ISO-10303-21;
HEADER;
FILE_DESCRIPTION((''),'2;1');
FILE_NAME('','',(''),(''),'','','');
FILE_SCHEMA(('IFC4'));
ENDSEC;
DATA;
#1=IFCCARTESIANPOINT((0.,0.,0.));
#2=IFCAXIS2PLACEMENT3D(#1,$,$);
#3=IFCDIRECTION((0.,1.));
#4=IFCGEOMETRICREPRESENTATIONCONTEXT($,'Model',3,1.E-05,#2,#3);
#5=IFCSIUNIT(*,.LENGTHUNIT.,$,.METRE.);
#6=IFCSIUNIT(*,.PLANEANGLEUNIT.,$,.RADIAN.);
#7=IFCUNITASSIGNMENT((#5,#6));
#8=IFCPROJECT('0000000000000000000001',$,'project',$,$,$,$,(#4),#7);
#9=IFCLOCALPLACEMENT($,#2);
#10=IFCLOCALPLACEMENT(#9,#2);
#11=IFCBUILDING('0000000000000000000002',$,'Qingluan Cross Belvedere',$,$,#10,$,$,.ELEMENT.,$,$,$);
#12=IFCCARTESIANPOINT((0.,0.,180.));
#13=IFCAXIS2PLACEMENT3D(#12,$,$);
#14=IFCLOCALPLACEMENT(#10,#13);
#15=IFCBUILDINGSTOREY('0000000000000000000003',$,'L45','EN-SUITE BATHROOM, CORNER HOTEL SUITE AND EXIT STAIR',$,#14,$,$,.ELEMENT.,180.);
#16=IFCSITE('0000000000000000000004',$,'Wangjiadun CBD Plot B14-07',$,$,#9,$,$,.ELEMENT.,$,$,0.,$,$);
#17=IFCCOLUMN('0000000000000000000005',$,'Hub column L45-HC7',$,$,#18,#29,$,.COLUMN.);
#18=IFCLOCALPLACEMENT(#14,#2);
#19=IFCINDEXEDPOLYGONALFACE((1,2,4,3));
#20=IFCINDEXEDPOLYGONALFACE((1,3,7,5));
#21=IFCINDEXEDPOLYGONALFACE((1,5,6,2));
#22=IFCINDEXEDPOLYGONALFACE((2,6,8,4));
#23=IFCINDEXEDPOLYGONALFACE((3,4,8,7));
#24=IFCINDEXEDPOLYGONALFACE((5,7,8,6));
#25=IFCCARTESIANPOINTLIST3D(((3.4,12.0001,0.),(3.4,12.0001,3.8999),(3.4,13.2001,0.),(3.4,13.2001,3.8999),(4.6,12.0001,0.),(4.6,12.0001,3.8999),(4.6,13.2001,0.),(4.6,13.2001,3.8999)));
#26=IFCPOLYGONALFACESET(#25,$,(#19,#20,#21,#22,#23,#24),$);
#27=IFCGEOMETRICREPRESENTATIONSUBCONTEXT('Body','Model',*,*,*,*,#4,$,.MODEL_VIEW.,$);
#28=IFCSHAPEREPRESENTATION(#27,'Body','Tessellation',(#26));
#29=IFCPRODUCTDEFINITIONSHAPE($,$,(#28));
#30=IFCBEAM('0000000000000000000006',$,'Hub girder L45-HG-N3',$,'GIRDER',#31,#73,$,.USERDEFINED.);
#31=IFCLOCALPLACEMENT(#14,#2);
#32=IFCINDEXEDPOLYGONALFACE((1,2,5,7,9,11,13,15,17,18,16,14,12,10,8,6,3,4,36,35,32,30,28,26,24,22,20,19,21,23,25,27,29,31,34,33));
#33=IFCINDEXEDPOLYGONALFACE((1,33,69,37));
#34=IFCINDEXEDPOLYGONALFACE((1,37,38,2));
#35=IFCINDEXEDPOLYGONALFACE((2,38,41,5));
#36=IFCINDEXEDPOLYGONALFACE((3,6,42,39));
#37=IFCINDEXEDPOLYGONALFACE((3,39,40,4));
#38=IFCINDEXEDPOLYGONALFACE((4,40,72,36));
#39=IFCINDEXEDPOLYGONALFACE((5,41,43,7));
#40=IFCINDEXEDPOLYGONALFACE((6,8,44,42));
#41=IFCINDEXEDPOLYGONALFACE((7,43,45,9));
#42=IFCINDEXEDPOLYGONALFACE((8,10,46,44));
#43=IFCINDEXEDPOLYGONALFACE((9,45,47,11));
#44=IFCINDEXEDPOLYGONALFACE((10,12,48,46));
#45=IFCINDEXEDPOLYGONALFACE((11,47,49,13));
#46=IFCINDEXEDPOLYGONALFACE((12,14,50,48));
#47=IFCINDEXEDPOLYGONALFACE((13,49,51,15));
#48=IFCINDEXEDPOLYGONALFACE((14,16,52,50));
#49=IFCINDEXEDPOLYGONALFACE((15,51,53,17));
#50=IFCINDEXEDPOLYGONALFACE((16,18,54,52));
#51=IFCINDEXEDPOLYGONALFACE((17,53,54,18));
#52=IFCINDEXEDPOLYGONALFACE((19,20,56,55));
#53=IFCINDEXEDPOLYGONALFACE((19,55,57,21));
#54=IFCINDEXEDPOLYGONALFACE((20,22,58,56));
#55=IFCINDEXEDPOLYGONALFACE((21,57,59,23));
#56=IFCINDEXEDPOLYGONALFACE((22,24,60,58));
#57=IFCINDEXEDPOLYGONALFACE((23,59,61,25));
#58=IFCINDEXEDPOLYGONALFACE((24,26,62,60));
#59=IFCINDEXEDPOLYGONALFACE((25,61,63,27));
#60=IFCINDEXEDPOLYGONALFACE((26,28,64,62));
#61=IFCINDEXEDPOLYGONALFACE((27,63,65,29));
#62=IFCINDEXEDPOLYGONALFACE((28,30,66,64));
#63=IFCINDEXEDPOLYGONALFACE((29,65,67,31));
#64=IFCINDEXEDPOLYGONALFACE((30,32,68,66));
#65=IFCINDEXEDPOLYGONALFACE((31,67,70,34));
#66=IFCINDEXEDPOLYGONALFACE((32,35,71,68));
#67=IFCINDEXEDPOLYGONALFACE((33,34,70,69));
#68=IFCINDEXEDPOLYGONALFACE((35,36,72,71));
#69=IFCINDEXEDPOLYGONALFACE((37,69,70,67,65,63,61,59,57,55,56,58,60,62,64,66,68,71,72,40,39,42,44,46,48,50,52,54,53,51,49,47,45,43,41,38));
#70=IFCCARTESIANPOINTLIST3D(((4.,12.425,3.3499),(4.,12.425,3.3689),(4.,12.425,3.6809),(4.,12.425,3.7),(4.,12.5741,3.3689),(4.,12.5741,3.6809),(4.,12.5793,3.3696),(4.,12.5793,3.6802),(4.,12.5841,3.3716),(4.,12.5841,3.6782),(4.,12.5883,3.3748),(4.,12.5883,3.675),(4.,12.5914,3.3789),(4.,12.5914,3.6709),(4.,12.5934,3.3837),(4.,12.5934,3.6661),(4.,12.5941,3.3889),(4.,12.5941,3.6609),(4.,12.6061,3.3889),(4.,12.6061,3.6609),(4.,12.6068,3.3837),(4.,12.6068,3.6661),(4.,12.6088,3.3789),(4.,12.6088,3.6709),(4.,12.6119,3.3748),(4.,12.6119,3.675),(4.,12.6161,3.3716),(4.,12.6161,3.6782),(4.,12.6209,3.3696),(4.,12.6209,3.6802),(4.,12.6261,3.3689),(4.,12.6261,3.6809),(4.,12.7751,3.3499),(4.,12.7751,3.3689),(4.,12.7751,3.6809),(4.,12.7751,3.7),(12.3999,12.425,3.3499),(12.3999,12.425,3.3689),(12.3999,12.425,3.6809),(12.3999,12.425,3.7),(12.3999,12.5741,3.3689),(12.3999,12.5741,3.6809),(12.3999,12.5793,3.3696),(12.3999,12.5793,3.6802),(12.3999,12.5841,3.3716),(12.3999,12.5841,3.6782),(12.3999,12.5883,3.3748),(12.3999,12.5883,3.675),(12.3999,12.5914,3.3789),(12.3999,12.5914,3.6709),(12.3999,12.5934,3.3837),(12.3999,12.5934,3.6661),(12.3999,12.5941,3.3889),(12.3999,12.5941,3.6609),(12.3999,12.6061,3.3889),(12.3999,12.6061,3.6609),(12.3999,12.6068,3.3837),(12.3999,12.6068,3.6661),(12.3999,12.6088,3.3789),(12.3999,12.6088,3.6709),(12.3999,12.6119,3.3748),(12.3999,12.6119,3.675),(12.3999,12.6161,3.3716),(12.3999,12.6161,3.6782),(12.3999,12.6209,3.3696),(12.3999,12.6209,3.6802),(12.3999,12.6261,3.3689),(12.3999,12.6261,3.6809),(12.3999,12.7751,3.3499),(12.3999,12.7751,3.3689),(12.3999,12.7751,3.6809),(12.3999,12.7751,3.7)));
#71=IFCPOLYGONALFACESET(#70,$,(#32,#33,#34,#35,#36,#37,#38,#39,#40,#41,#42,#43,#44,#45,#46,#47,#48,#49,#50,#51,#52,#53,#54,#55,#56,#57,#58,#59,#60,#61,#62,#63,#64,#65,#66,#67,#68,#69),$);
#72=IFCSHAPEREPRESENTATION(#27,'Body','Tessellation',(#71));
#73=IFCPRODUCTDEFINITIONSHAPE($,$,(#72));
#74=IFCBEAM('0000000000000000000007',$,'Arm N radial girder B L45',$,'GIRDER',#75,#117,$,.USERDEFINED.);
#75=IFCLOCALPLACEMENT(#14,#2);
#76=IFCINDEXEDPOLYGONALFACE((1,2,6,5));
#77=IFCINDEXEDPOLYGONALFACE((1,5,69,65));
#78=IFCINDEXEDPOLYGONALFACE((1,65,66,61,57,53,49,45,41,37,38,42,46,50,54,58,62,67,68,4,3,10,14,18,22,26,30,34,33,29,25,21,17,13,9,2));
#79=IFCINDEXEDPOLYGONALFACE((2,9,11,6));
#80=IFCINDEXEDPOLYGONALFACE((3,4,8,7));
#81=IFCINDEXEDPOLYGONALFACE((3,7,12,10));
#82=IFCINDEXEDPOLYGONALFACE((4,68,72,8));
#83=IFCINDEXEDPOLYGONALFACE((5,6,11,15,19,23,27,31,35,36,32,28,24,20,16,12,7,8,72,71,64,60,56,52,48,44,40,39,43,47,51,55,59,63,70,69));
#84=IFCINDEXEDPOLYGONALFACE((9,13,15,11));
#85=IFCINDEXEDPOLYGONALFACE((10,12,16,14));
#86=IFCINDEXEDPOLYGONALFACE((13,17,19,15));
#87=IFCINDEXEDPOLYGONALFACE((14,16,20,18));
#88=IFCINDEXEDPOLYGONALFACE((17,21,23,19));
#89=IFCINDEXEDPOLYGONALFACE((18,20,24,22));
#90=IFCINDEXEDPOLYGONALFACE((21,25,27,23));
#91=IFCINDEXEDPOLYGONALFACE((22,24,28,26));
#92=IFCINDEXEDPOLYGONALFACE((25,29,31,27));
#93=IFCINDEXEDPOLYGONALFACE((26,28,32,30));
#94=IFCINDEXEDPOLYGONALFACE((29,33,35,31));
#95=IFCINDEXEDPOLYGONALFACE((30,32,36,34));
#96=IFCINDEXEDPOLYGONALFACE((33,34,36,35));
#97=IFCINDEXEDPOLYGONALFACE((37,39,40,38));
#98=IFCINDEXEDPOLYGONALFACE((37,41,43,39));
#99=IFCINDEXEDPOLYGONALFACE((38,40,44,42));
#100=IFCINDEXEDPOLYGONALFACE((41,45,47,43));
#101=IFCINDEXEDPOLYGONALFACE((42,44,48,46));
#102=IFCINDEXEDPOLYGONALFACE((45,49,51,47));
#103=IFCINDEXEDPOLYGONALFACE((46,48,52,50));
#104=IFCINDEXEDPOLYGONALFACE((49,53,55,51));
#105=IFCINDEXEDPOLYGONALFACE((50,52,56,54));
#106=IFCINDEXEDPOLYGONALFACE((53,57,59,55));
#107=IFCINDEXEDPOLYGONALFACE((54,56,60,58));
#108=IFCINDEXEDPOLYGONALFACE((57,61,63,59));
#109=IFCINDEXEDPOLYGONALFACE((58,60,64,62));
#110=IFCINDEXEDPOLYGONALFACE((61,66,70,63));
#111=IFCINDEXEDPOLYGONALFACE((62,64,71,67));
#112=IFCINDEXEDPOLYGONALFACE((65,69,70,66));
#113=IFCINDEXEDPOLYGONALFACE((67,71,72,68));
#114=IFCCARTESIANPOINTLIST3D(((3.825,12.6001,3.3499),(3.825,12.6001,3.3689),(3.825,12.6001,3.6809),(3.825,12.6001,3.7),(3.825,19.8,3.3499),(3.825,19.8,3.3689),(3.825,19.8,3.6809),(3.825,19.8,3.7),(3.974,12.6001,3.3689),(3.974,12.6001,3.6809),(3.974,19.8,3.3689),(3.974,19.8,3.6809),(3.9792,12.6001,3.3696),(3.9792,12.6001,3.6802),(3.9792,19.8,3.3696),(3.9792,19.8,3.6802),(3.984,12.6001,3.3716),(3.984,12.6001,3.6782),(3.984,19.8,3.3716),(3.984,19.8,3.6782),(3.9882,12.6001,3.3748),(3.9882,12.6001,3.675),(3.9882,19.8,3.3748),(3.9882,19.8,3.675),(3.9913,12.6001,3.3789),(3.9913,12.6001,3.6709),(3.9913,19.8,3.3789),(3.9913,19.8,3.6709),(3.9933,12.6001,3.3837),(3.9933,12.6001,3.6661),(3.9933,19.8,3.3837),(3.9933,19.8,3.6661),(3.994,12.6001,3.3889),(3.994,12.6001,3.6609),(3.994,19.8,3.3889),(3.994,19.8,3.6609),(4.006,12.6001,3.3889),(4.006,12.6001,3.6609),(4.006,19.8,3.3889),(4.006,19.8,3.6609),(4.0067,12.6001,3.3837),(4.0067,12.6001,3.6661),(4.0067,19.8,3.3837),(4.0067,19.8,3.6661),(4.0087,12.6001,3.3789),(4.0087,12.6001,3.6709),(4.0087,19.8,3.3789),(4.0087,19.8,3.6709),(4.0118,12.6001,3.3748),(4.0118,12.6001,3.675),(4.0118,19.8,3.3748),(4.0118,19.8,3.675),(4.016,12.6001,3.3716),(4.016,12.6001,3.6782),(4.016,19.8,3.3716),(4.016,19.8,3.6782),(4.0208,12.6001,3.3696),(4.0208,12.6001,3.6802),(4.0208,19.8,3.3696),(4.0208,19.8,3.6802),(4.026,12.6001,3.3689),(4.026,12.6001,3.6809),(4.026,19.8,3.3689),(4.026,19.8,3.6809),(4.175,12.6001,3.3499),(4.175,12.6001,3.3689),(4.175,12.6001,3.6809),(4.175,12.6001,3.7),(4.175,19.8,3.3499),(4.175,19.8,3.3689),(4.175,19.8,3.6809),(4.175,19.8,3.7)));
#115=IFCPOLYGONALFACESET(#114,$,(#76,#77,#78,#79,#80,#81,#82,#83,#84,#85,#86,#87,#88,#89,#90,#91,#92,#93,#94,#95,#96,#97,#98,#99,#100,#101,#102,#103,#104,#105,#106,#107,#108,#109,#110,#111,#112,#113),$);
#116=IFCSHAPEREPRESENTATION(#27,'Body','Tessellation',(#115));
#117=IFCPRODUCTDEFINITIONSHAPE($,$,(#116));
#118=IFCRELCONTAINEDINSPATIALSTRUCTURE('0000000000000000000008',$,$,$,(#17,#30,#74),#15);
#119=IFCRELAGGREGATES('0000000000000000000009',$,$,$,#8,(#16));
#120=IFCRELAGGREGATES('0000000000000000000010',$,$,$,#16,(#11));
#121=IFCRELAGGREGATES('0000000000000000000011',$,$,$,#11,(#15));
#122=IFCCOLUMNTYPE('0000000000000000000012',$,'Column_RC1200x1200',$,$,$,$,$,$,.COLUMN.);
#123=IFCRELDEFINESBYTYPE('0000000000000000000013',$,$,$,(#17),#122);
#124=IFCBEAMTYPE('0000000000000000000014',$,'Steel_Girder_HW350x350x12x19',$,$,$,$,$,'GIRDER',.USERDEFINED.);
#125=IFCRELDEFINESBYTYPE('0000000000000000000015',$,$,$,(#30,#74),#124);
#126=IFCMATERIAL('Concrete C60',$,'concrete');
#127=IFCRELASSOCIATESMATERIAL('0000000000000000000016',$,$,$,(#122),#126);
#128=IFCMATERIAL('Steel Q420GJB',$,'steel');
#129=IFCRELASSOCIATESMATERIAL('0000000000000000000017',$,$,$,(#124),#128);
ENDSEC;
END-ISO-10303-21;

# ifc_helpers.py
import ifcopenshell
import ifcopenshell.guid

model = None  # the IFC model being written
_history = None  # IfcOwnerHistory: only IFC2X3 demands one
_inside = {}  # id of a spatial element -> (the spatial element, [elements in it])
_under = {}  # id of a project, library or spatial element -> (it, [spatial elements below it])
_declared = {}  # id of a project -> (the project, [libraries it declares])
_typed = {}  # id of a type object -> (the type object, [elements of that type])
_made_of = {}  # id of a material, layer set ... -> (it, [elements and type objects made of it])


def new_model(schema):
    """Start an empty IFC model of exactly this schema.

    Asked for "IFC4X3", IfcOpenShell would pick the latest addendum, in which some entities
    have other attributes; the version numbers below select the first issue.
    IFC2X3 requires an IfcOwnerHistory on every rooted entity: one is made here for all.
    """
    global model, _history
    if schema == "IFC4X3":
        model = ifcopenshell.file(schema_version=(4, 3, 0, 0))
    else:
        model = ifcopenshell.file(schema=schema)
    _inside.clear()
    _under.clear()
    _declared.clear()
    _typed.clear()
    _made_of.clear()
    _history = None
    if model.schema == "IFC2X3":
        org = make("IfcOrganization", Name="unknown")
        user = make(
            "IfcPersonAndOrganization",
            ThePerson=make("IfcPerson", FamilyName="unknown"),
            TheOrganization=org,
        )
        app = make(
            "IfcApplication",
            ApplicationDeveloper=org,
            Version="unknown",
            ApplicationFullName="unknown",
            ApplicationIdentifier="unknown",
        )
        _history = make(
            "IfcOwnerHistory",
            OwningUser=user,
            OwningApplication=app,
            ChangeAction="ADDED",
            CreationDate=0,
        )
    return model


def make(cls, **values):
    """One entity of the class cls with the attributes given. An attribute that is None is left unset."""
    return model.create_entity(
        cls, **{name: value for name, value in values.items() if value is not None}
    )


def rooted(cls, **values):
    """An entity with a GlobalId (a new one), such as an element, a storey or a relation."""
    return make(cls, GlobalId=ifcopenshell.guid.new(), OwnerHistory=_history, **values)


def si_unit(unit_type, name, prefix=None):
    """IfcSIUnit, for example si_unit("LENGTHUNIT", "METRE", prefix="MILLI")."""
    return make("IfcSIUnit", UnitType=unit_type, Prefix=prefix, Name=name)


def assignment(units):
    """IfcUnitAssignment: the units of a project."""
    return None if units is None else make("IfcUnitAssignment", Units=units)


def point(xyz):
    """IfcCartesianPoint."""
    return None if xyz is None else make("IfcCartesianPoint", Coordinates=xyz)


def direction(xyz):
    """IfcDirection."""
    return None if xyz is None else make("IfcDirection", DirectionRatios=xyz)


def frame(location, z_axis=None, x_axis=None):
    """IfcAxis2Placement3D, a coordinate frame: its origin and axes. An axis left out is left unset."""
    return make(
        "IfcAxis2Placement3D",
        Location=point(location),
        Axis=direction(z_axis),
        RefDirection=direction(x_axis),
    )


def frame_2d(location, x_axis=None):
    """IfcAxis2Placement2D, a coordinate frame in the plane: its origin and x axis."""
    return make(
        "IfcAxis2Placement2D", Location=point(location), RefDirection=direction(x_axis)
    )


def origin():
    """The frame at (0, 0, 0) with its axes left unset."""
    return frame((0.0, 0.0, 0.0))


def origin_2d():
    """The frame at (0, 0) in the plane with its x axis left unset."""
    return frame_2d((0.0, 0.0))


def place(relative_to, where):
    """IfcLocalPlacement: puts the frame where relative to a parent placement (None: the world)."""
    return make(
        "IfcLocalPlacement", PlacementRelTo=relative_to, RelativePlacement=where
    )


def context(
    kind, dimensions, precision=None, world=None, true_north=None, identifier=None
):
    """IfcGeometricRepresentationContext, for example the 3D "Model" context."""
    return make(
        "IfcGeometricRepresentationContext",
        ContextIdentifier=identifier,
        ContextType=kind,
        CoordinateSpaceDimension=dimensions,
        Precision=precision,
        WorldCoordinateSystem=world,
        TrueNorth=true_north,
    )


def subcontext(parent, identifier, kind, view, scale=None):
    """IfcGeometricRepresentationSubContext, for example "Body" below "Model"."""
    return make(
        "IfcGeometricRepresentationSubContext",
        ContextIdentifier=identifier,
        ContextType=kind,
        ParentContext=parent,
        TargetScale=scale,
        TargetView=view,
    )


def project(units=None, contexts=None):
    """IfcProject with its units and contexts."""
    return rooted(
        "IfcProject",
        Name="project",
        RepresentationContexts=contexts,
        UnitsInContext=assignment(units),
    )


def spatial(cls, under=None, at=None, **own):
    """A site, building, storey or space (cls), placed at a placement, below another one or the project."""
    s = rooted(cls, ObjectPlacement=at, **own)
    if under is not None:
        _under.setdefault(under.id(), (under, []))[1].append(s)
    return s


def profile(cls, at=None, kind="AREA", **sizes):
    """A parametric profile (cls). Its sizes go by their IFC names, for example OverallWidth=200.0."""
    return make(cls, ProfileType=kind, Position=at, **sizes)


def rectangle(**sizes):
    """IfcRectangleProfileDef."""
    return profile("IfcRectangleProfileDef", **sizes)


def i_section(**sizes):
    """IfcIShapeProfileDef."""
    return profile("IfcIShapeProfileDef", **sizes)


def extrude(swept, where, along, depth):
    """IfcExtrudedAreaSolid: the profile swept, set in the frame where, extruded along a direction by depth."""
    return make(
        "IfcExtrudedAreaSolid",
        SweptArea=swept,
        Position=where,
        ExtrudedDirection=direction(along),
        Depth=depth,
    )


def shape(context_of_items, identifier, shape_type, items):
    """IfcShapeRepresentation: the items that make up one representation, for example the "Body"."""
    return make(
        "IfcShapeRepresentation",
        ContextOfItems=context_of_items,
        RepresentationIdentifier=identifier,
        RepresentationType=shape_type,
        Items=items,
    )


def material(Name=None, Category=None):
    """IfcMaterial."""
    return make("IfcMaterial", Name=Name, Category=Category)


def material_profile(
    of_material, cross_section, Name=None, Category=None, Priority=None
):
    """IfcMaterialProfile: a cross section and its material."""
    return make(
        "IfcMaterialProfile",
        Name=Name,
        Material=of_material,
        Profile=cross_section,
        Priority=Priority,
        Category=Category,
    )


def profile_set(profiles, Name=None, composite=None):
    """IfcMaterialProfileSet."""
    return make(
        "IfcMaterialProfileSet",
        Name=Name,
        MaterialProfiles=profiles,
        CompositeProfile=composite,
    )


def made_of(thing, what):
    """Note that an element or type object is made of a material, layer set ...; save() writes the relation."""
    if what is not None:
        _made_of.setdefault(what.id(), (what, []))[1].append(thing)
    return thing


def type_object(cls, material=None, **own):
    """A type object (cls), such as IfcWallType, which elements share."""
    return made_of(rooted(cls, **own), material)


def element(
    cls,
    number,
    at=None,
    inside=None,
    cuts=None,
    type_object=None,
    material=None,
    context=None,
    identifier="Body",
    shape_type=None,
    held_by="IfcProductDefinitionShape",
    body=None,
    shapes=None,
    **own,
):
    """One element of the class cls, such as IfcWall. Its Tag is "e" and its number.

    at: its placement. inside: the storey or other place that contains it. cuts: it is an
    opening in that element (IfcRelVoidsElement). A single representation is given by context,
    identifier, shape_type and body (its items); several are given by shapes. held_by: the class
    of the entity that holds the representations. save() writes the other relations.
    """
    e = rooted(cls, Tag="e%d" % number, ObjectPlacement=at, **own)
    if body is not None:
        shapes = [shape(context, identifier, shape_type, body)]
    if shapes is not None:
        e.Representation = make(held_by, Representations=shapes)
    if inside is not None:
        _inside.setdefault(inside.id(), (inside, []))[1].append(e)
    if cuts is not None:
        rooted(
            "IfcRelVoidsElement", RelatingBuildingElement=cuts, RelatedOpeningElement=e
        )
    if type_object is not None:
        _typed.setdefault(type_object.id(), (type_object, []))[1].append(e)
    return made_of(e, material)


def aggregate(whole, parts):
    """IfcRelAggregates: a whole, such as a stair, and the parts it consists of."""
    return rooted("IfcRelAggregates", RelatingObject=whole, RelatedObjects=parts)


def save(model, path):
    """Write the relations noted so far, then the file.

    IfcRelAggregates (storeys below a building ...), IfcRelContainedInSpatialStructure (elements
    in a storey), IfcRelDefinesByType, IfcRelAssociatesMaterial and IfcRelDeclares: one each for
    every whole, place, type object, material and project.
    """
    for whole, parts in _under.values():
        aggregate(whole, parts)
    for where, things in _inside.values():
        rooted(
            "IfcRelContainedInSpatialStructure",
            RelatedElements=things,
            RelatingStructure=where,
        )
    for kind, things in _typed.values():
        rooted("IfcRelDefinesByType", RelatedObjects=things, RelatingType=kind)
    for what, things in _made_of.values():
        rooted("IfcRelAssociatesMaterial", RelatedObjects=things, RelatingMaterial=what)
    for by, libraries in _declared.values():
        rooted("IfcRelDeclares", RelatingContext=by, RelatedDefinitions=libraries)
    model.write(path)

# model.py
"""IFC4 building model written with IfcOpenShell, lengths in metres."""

from ifc_helpers import new_model, si_unit, direction, frame, origin, origin_2d, place, context, subcontext, project, spatial, rectangle, i_section, extrude, material, material_profile, profile_set, type_object, element, save


model = new_model("IFC4")

# Units and contexts
model_context = context("Model", 3, precision=1e-05, world=origin(), true_north=direction((0.0, 1.0)))
body_context = subcontext(model_context, "Body", "Model", "MODEL_VIEW")
ifc_project = project(units=[si_unit("LENGTHUNIT", "METRE"), si_unit("PLANEANGLEUNIT", "RADIAN")], contexts=[model_context])

# Site, building, storey
site_placement = place(None, origin())
site = spatial("IfcSite", under=ifc_project, at=site_placement, Name="Wangjiadun CBD Plot B14-07", CompositionType="ELEMENT", RefElevation=0.0)
building_placement = place(site_placement, origin())
building = spatial("IfcBuilding", under=site, at=building_placement, Name="Qingluan Cross Belvedere", CompositionType="ELEMENT")
storey_placement = place(building_placement, frame((0.0, 0.0, 180.0)))
storey = spatial("IfcBuildingStorey", under=building, at=storey_placement, Name="L45", Description="EN-SUITE BATHROOM, CORNER HOTEL SUITE AND EXIT STAIR", CompositionType="ELEMENT", Elevation=180.0)

# Column
ifc_material_1 = material(Name="Concrete C60", Category="concrete")
ifc_material_profile_1 = material_profile(ifc_material_1, rectangle(XDim=1.2, YDim=1.2, at=origin_2d()), Name="RC1200x1200")
ifc_profile_set_1 = profile_set([ifc_material_profile_1], Name="Concrete C60")
column_type = type_object("IfcColumnType", Name="Column_RC1200x1200", PredefinedType="COLUMN", material=ifc_profile_set_1)
column_placement = place(storey_placement, frame((4.0, 12.6001, 0.0), z_axis=(0.0, 0.0, 1.0), x_axis=(1.0, 0.0, 0.0)))
element("IfcColumn", 1, at=column_placement, inside=storey, type_object=column_type, Name="Hub column L45-HC7", PredefinedType="COLUMN", context=body_context, shape_type="SweptSolid", body=[
    extrude(rectangle(XDim=1.2, YDim=1.2, at=origin_2d()), origin(), (0.0, 0.0, 1.0), 3.8999),
])

# Beams
ifc_material_2 = material(Name="Steel Q420GJB", Category="steel")
ifc_material_profile_2 = material_profile(ifc_material_2, i_section(OverallWidth=0.3501, OverallDepth=0.3501, WebThickness=0.012, FlangeThickness=0.019, FilletRadius=0.02, at=origin_2d()), Name="HW350x350x12x19")
ifc_profile_set_2 = profile_set([ifc_material_profile_2], Name="Steel Q420GJB")
beam_type = type_object("IfcBeamType", Name="Steel_Girder_HW350x350x12x19", ElementType="GIRDER", PredefinedType="USERDEFINED", material=ifc_profile_set_2)
beam_1_placement = place(storey_placement, frame((4.0, 12.6001, 3.5249), z_axis=(1.0, 0.0, 0.0), x_axis=(0.0, 1.0, 0.0)))
element("IfcBeam", 2, at=beam_1_placement, inside=storey, type_object=beam_type, Name="Hub girder L45-HG-N3", ObjectType="GIRDER", PredefinedType="USERDEFINED", context=body_context, shape_type="SweptSolid", body=[
    extrude(i_section(OverallWidth=0.3501, OverallDepth=0.3501, WebThickness=0.012, FlangeThickness=0.019, FilletRadius=0.02, at=origin_2d()), origin(), (0.0, 0.0, 1.0), 8.3999),
])
beam_2_placement = place(storey_placement, frame((4.0, 12.6001, 3.5249), z_axis=(0.0, 1.0, 0.0), x_axis=(-1.0, 0.0, 0.0)))
element("IfcBeam", 3, at=beam_2_placement, inside=storey, type_object=beam_type, Name="Arm N radial girder B L45", ObjectType="GIRDER", PredefinedType="USERDEFINED", context=body_context, shape_type="SweptSolid", body=[
    extrude(i_section(OverallWidth=0.3501, OverallDepth=0.3501, WebThickness=0.012, FlangeThickness=0.019, FilletRadius=0.02, at=origin_2d()), origin(), (0.0, 0.0, 1.0), 7.2),
])

save(model, "model.ifc")
